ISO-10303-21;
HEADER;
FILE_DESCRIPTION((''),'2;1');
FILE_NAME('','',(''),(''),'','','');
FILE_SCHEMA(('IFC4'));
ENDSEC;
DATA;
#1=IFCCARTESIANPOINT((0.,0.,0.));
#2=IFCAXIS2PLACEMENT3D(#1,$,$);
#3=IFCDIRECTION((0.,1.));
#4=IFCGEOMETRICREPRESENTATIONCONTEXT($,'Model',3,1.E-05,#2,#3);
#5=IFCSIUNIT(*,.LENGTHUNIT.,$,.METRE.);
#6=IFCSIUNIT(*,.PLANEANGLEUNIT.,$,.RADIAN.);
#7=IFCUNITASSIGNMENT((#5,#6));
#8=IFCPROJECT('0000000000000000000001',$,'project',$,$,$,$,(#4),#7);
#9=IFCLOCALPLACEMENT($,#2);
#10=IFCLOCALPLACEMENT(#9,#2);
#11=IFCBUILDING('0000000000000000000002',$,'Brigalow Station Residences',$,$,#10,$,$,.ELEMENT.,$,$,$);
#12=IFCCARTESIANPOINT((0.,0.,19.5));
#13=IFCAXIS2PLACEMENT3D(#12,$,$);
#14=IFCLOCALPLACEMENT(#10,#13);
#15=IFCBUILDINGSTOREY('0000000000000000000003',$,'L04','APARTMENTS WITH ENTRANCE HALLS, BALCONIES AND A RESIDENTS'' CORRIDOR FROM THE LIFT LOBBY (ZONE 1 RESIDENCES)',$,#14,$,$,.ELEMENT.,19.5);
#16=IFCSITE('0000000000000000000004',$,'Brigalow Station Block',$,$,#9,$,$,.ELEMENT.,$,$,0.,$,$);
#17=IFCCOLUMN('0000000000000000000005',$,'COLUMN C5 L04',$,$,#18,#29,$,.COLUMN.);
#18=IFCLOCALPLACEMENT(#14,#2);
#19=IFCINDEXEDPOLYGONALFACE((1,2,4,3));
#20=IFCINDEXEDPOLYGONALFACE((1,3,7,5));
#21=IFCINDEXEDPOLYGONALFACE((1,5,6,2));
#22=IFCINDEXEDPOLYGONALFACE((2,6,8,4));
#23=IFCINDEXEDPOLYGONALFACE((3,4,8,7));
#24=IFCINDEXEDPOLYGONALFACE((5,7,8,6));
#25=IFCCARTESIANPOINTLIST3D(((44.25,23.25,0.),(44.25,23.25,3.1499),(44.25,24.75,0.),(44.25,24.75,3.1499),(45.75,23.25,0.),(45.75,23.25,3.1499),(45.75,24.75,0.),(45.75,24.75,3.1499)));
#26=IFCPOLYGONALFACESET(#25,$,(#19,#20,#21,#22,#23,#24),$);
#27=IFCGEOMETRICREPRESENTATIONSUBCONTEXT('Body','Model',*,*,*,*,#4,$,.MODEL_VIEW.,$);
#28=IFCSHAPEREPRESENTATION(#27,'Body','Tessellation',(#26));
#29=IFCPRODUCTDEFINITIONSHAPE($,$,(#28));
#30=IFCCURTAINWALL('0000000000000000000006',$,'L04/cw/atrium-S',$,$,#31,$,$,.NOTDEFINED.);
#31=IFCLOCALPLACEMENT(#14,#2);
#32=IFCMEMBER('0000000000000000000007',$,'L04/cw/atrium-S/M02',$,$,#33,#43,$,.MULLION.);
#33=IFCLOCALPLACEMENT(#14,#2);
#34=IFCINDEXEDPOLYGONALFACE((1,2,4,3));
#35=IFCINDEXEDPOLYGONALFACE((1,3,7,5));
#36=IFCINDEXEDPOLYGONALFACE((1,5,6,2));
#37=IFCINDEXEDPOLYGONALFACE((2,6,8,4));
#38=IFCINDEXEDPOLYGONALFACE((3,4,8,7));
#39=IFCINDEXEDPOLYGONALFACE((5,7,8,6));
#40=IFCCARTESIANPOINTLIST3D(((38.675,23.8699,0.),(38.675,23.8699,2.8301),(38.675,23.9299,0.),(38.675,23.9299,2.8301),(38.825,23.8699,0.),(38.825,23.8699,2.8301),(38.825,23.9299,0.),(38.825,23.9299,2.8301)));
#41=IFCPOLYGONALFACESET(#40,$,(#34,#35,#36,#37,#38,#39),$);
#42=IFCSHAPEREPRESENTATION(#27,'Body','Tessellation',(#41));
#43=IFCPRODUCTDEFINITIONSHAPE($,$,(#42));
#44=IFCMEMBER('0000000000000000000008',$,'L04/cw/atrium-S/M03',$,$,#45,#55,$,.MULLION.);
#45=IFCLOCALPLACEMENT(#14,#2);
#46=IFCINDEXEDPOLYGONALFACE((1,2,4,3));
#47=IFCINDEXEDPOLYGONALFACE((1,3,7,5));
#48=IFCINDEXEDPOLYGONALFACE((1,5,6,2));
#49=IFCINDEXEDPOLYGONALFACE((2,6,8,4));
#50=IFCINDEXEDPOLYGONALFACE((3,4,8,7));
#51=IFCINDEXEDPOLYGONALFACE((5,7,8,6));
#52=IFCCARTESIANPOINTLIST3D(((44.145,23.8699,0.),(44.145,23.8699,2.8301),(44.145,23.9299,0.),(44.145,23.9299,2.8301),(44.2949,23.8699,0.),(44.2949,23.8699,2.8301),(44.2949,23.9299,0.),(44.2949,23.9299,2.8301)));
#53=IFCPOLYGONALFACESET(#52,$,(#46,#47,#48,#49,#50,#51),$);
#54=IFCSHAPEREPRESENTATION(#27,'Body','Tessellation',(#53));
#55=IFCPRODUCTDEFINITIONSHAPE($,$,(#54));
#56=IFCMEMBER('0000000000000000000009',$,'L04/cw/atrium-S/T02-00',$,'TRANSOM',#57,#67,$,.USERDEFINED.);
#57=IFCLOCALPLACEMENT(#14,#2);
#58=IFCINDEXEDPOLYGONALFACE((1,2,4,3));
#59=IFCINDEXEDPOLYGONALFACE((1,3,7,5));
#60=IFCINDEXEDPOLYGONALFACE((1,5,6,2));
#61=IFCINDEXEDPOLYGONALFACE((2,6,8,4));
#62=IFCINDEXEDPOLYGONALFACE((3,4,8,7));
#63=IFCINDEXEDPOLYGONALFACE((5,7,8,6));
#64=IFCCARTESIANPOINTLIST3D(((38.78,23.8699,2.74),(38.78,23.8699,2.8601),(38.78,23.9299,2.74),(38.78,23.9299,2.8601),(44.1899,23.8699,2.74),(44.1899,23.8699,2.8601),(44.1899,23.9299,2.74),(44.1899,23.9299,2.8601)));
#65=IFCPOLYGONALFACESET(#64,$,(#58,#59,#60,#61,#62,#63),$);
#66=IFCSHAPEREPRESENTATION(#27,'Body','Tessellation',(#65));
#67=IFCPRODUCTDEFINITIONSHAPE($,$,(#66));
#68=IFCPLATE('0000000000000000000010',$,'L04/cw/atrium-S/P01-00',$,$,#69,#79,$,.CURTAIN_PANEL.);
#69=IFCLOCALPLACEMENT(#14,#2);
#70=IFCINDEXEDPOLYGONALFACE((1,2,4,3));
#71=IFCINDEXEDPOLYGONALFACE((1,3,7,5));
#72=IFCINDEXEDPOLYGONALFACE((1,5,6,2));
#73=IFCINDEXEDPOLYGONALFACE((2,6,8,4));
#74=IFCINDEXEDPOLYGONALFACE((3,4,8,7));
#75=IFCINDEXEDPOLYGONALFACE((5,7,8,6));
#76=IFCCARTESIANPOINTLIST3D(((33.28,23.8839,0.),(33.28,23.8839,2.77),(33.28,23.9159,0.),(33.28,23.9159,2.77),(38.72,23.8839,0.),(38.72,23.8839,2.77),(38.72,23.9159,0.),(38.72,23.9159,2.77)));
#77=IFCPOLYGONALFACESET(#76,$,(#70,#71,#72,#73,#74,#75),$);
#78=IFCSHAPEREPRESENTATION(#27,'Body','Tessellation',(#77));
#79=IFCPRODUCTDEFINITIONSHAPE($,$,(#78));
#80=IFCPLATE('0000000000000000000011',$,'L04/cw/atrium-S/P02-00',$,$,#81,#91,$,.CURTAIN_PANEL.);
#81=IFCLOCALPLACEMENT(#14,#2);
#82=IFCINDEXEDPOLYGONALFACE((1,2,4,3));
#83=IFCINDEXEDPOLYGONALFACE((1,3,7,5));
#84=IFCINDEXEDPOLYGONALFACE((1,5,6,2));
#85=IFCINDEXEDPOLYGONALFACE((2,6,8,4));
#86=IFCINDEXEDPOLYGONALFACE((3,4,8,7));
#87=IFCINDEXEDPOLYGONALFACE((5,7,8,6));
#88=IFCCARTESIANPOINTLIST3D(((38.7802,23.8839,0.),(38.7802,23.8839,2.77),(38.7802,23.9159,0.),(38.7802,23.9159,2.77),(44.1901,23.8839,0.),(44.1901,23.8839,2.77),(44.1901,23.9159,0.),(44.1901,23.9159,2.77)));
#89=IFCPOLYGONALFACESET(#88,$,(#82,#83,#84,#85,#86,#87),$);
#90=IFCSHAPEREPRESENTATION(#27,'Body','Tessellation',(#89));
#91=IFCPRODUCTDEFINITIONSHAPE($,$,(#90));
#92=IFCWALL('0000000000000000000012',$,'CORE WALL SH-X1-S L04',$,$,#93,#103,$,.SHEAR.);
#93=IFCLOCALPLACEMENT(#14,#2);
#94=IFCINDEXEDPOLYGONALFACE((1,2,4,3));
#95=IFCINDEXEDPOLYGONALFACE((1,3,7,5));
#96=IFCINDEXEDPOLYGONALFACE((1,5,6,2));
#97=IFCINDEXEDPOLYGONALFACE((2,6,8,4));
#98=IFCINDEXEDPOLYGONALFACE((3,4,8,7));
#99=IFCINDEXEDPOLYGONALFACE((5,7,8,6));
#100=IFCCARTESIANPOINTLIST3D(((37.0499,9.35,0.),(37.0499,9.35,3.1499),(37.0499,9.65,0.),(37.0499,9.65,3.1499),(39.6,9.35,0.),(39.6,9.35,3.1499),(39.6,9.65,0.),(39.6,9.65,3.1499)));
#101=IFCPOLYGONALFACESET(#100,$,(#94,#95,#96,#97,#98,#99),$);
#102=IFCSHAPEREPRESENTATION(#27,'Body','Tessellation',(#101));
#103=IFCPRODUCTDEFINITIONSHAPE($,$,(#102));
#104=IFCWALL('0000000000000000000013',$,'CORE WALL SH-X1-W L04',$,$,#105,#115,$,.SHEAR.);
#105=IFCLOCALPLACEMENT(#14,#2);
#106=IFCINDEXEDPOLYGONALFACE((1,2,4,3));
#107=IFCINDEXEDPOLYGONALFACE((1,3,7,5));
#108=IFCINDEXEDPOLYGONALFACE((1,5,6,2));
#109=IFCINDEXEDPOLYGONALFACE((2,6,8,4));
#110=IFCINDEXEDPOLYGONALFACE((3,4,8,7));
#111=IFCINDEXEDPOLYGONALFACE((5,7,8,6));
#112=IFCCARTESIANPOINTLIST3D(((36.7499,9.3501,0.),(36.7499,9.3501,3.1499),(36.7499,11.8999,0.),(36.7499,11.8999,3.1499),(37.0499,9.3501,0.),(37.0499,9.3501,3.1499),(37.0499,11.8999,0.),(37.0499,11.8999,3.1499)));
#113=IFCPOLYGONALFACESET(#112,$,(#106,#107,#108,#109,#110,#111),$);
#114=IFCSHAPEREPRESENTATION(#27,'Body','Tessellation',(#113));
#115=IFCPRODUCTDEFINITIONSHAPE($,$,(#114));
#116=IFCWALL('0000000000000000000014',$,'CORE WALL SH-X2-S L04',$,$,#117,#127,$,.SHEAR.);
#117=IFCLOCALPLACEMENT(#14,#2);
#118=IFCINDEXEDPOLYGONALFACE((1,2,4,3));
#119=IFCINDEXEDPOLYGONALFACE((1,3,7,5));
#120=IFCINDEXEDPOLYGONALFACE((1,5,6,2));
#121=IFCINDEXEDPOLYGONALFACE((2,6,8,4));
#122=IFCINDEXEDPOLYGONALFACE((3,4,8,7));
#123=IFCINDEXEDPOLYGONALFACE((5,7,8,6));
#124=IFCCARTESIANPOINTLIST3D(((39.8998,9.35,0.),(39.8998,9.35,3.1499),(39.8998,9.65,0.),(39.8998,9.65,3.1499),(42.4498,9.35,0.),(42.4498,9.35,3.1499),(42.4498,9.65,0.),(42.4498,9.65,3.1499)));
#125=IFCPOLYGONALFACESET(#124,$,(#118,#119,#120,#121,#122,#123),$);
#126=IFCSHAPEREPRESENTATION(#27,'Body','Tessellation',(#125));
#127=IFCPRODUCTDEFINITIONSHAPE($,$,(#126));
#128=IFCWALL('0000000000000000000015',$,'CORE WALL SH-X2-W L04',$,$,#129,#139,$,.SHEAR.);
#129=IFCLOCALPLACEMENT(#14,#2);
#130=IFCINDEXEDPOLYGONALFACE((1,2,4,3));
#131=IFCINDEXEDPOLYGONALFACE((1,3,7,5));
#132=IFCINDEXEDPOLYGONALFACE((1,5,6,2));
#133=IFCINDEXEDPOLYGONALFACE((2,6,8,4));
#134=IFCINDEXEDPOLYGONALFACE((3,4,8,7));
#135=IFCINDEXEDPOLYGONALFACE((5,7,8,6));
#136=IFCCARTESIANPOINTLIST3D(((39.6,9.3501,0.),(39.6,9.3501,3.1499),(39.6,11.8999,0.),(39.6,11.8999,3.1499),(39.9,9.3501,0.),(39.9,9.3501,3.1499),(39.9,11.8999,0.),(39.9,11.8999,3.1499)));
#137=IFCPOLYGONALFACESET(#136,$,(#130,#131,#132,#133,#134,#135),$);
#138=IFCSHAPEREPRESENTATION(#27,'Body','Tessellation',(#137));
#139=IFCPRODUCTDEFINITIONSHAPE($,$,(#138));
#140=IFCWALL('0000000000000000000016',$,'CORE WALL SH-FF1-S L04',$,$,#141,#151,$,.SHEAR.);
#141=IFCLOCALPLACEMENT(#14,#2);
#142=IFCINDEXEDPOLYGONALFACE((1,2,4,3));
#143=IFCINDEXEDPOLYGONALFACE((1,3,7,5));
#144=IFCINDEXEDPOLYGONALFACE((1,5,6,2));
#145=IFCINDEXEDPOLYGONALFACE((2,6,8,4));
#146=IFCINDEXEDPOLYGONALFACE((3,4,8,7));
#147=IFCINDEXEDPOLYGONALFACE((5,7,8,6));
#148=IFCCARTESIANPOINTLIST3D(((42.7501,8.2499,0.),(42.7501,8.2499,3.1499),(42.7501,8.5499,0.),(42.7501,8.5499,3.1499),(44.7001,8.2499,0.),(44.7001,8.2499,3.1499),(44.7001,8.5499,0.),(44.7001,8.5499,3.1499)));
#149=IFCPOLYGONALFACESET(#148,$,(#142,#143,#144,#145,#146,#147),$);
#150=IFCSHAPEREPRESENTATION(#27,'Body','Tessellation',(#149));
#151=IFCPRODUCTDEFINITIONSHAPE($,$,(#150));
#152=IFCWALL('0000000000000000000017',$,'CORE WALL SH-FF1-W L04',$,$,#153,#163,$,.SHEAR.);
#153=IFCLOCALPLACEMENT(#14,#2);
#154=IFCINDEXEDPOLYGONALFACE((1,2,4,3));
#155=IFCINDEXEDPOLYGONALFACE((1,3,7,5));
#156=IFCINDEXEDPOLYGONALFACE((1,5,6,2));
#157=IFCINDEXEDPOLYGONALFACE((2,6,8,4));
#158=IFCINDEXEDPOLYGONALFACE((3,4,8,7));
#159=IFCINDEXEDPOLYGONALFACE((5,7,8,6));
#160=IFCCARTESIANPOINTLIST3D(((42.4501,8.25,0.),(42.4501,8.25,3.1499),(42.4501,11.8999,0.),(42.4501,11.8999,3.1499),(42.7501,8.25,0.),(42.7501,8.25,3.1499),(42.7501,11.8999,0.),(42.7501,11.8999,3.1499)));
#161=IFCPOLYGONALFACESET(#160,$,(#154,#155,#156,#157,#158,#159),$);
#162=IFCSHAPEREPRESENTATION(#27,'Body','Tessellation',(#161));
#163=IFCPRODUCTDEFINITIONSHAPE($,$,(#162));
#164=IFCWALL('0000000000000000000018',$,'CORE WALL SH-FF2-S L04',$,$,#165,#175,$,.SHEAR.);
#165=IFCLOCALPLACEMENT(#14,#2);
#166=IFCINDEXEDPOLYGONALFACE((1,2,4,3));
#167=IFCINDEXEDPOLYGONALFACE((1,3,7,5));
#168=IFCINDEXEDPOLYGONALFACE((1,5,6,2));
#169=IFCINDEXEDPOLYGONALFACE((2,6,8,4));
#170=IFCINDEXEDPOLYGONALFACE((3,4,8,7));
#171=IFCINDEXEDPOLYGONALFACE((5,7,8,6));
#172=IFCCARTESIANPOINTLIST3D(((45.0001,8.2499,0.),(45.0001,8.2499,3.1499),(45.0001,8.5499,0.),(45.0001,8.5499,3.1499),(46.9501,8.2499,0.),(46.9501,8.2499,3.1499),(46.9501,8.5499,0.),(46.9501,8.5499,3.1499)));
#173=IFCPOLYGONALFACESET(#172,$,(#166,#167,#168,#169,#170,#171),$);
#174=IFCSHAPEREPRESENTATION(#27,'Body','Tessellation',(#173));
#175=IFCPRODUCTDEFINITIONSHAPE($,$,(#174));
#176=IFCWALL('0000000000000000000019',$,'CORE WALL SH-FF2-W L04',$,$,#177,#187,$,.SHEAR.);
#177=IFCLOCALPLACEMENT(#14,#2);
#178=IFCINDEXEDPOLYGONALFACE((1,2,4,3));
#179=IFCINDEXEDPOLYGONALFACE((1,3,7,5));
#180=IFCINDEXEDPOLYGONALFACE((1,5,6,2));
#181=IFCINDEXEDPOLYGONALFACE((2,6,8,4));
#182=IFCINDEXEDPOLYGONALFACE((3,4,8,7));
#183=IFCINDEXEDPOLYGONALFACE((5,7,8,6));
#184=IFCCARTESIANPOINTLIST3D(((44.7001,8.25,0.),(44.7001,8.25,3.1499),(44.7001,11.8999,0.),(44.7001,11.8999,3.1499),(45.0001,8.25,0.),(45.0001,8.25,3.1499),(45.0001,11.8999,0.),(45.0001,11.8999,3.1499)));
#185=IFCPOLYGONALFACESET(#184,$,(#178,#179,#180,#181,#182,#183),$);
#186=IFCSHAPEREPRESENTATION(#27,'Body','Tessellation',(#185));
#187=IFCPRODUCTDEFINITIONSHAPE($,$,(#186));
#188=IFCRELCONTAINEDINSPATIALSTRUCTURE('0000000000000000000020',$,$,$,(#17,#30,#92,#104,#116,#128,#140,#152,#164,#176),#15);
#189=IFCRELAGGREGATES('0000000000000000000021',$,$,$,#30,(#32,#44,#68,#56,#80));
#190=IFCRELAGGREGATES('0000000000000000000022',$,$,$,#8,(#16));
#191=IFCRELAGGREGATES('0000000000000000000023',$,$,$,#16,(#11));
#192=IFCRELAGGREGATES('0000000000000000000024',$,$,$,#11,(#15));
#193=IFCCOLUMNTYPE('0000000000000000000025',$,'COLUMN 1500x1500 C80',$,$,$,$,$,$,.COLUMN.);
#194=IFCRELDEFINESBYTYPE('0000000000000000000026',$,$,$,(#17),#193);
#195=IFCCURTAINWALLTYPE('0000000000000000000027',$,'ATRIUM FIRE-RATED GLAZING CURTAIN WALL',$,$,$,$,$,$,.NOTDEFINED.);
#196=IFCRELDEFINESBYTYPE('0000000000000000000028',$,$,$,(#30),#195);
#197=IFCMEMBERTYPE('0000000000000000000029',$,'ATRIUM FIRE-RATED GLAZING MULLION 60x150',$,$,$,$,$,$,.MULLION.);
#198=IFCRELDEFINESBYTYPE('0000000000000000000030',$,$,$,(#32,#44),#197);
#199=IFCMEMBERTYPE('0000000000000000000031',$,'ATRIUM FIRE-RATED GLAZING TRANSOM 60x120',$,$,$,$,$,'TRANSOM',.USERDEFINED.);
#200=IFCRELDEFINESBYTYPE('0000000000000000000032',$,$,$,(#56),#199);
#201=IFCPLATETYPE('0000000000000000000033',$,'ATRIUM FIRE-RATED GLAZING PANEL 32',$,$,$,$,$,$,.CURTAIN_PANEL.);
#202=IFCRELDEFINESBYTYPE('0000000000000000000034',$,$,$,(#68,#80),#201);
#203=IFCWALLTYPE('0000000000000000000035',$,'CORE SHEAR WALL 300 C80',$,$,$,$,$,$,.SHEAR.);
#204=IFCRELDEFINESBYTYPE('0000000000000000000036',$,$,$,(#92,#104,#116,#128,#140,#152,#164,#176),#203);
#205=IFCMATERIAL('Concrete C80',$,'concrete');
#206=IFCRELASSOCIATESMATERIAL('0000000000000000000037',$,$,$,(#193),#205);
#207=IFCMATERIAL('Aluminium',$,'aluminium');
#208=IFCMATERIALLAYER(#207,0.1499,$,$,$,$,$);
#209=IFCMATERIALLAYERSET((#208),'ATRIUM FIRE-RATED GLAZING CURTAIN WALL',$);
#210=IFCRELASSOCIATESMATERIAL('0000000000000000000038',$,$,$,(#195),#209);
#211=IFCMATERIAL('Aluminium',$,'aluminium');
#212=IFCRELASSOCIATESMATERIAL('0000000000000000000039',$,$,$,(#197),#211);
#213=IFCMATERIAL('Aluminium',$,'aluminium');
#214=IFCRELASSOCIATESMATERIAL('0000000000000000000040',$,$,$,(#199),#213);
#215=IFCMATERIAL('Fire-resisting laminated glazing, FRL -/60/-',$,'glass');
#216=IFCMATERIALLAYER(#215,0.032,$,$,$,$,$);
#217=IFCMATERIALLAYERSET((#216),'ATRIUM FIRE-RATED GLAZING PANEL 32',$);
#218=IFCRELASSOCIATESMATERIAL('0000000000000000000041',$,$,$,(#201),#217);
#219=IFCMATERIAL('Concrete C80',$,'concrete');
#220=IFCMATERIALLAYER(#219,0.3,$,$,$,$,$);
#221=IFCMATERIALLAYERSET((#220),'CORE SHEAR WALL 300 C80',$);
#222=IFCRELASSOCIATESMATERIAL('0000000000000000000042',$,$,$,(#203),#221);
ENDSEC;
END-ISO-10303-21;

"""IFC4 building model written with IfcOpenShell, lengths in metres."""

from ifc_helpers import new_model, si_unit, direction, frame, frame_2d, origin, origin_2d, place, context, subcontext, project, spatial, rectangle, extrude, material, layer, layer_set, material_profile, profile_set, type_object, element, aggregate, save


model = new_model("IFC4")

# Units and contexts
model_context = context("Model", 3, precision=1e-05, world=origin(), true_north=direction((0.0, 1.0)))
body_context = subcontext(model_context, "Body", "Model", "MODEL_VIEW")
ifc_project = project(units=[si_unit("LENGTHUNIT", "METRE"), si_unit("PLANEANGLEUNIT", "RADIAN")], contexts=[model_context])

# Site, building, storey
site_placement = place(None, origin())
site = spatial("IfcSite", under=ifc_project, at=site_placement, Name="Brigalow Station Block", CompositionType="ELEMENT", RefElevation=0.0)
building_placement = place(site_placement, origin())
building = spatial("IfcBuilding", under=site, at=building_placement, Name="Brigalow Station Residences", CompositionType="ELEMENT")
storey_placement = place(building_placement, frame((0.0, 0.0, 19.5)))
storey = spatial("IfcBuildingStorey", under=building, at=storey_placement, Name="L04", Description="APARTMENTS WITH ENTRANCE HALLS, BALCONIES AND A RESIDENTS' CORRIDOR FROM THE LIFT LOBBY (ZONE 1 RESIDENCES)", CompositionType="ELEMENT", Elevation=19.5)

# Column
ifc_material_1 = material(Name="Concrete C80", Category="concrete")
ifc_material_profile_1 = material_profile(ifc_material_1, rectangle(XDim=1.5, YDim=1.5, at=origin_2d()), Name="RC1500x1500")
ifc_profile_set_1 = profile_set([ifc_material_profile_1], Name="Concrete C80")
column_type = type_object("IfcColumnType", Name="COLUMN 1500x1500 C80", PredefinedType="COLUMN", material=ifc_profile_set_1)
column_placement = place(storey_placement, frame((45.0, 24.0, 0.0), z_axis=(0.0, 0.0, 1.0), x_axis=(1.0, 0.0, 0.0)))
element("IfcColumn", 1, at=column_placement, inside=storey, type_object=column_type, Name="COLUMN C5 L04", PredefinedType="COLUMN", context=body_context, shape_type="SweptSolid", body=[
    extrude(rectangle(XDim=1.5, YDim=1.5, at=origin_2d()), origin(), (0.0, 0.0, 1.0), 3.1499),
])

# Curtain wall, members, plates
ifc_material_2 = material(Name="Aluminium", Category="aluminium")
ifc_layer_1 = layer(ifc_material_2, 0.1499)
ifc_layer_set_1 = layer_set([ifc_layer_1], Name="ATRIUM FIRE-RATED GLAZING CURTAIN WALL")
curtain_wall_type = type_object("IfcCurtainWallType", Name="ATRIUM FIRE-RATED GLAZING CURTAIN WALL", PredefinedType="NOTDEFINED", material=ifc_layer_set_1)
curtain_wall_placement = place(storey_placement, origin())
curtain_wall = element("IfcCurtainWall", 2, at=curtain_wall_placement, inside=storey, type_object=curtain_wall_type, Name="L04/cw/atrium-S", PredefinedType="NOTDEFINED")
ifc_material_3 = material(Name="Aluminium", Category="aluminium")
ifc_material_profile_2 = material_profile(ifc_material_3, rectangle(XDim=0.0601, YDim=0.1499, at=origin_2d()), Name="ATRIUM FIRE-RATED GLAZING MULLION 60x150")
ifc_profile_set_2 = profile_set([ifc_material_profile_2], Name="Aluminium")
member_type_1 = type_object("IfcMemberType", Name="ATRIUM FIRE-RATED GLAZING MULLION 60x150", PredefinedType="MULLION", material=ifc_profile_set_2)
member_1_placement = place(storey_placement, frame((38.75, 23.8999, 0.0), z_axis=(0.0, 0.0, 1.0), x_axis=(0.0, 1.0, 0.0)))
member_1 = element("IfcMember", 3, at=member_1_placement, type_object=member_type_1, Name="L04/cw/atrium-S/M02", PredefinedType="MULLION", context=body_context, shape_type="SweptSolid", body=[
    extrude(rectangle(XDim=0.0601, YDim=0.1499, at=origin_2d()), origin(), (0.0, 0.0, 1.0), 2.8301),
])
member_2_placement = place(storey_placement, frame((44.22, 23.8999, 0.0), z_axis=(0.0, 0.0, 1.0), x_axis=(0.0, 1.0, 0.0)))
member_2 = element("IfcMember", 4, at=member_2_placement, type_object=member_type_1, Name="L04/cw/atrium-S/M03", PredefinedType="MULLION", context=body_context, shape_type="SweptSolid", body=[
    extrude(rectangle(XDim=0.0601, YDim=0.1499, at=origin_2d()), origin(), (0.0, 0.0, 1.0), 2.8301),
])
ifc_material_4 = material(Name="Aluminium", Category="aluminium")
ifc_material_profile_3 = material_profile(ifc_material_4, rectangle(XDim=0.0601, YDim=0.1201, at=origin_2d()), Name="ATRIUM FIRE-RATED GLAZING TRANSOM 60x120")
ifc_profile_set_3 = profile_set([ifc_material_profile_3], Name="Aluminium")
member_type_2 = type_object("IfcMemberType", Name="ATRIUM FIRE-RATED GLAZING TRANSOM 60x120", ElementType="TRANSOM", PredefinedType="USERDEFINED", material=ifc_profile_set_3)
member_3_placement = place(storey_placement, frame((38.78, 23.8999, 2.8), z_axis=(1.0, 0.0, 0.0), x_axis=(0.0, 1.0, 0.0)))
member_3 = element("IfcMember", 5, at=member_3_placement, type_object=member_type_2, Name="L04/cw/atrium-S/T02-00", ObjectType="TRANSOM", PredefinedType="USERDEFINED", context=body_context, shape_type="SweptSolid", body=[
    extrude(rectangle(XDim=0.0601, YDim=0.1201, at=origin_2d()), origin(), (0.0, 0.0, 1.0), 5.4099),
])
ifc_material_5 = material(Name="Fire-resisting laminated glazing, FRL -/60/-", Category="glass")
ifc_layer_2 = layer(ifc_material_5, 0.032)
ifc_layer_set_2 = layer_set([ifc_layer_2], Name="ATRIUM FIRE-RATED GLAZING PANEL 32")
plate_type = type_object("IfcPlateType", Name="ATRIUM FIRE-RATED GLAZING PANEL 32", PredefinedType="CURTAIN_PANEL", material=ifc_layer_set_2)
plate_1_placement = place(storey_placement, frame((36.0, 23.8999, 0.0), z_axis=(0.0, 0.0, 1.0), x_axis=(1.0, 0.0, 0.0)))
plate_1 = element("IfcPlate", 6, at=plate_1_placement, type_object=plate_type, Name="L04/cw/atrium-S/P01-00", PredefinedType="CURTAIN_PANEL", context=body_context, shape_type="SweptSolid", body=[
    extrude(rectangle(XDim=5.4399, YDim=0.032, at=origin_2d()), origin(), (0.0, 0.0, 1.0), 2.77),
])
plate_2_placement = place(storey_placement, frame((41.4851, 23.8999, 0.0), z_axis=(0.0, 0.0, 1.0), x_axis=(1.0, 0.0, 0.0)))
plate_2 = element("IfcPlate", 7, at=plate_2_placement, type_object=plate_type, Name="L04/cw/atrium-S/P02-00", PredefinedType="CURTAIN_PANEL", context=body_context, shape_type="SweptSolid", body=[
    extrude(rectangle(XDim=5.4099, YDim=0.032, at=origin_2d()), origin(), (0.0, 0.0, 1.0), 2.77),
])
aggregate(curtain_wall, [member_1, member_2, plate_1, member_3, plate_2])

# Walls
ifc_material_6 = material(Name="Concrete C80", Category="concrete")
ifc_layer_3 = layer(ifc_material_6, 0.3)
ifc_layer_set_3 = layer_set([ifc_layer_3], Name="CORE SHEAR WALL 300 C80")
wall_type_1 = type_object("IfcWallType", Name="CORE SHEAR WALL 300 C80", PredefinedType="SHEAR", material=ifc_layer_set_3)
wall_1_placement = place(storey_placement, frame((37.05, 9.5, 0.0), z_axis=(0.0, 0.0, 1.0), x_axis=(1.0, 0.0, 0.0)))
element("IfcWall", 8, at=wall_1_placement, inside=storey, type_object=wall_type_1, Name="CORE WALL SH-X1-S L04", PredefinedType="SHEAR", context=body_context, shape_type="SweptSolid", body=[
    extrude(rectangle(XDim=2.55, YDim=0.3, at=frame_2d((1.2749, 0.0))), origin(), (0.0, 0.0, 1.0), 3.1499),
])
wall_2_placement = place(storey_placement, frame((36.8999, 9.3501, 0.0), z_axis=(0.0, 0.0, 1.0), x_axis=(0.0, 1.0, 0.0)))
element("IfcWall", 9, at=wall_2_placement, inside=storey, type_object=wall_type_1, Name="CORE WALL SH-X1-W L04", PredefinedType="SHEAR", context=body_context, shape_type="SweptSolid", body=[
    extrude(rectangle(XDim=2.5498, YDim=0.3, at=frame_2d((1.2749, 0.0))), origin(), (0.0, 0.0, 1.0), 3.1499),
])
wall_3_placement = place(storey_placement, frame((39.8999, 9.5, 0.0), z_axis=(0.0, 0.0, 1.0), x_axis=(1.0, 0.0, 0.0)))
element("IfcWall", 10, at=wall_3_placement, inside=storey, type_object=wall_type_1, Name="CORE WALL SH-X2-S L04", PredefinedType="SHEAR", context=body_context, shape_type="SweptSolid", body=[
    extrude(rectangle(XDim=2.55, YDim=0.3, at=frame_2d((1.2749, 0.0))), origin(), (0.0, 0.0, 1.0), 3.1499),
])
wall_4_placement = place(storey_placement, frame((39.75, 9.3501, 0.0), z_axis=(0.0, 0.0, 1.0), x_axis=(0.0, 1.0, 0.0)))
element("IfcWall", 11, at=wall_4_placement, inside=storey, type_object=wall_type_1, Name="CORE WALL SH-X2-W L04", PredefinedType="SHEAR", context=body_context, shape_type="SweptSolid", body=[
    extrude(rectangle(XDim=2.5498, YDim=0.3, at=frame_2d((1.2749, 0.0))), origin(), (0.0, 0.0, 1.0), 3.1499),
])
wall_5_placement = place(storey_placement, frame((42.75, 8.3999, 0.0), z_axis=(0.0, 0.0, 1.0), x_axis=(1.0, 0.0, 0.0)))
element("IfcWall", 12, at=wall_5_placement, inside=storey, type_object=wall_type_1, Name="CORE WALL SH-FF1-S L04", PredefinedType="SHEAR", context=body_context, shape_type="SweptSolid", body=[
    extrude(rectangle(XDim=1.95, YDim=0.3, at=frame_2d((0.9751, 0.0))), origin(), (0.0, 0.0, 1.0), 3.1499),
])
wall_6_placement = place(storey_placement, frame((42.6001, 8.25, 0.0), z_axis=(0.0, 0.0, 1.0), x_axis=(0.0, 1.0, 0.0)))
element("IfcWall", 13, at=wall_6_placement, inside=storey, type_object=wall_type_1, Name="CORE WALL SH-FF1-W L04", PredefinedType="SHEAR", context=body_context, shape_type="SweptSolid", body=[
    extrude(rectangle(XDim=3.6499, YDim=0.3, at=frame_2d((1.825, 0.0))), origin(), (0.0, 0.0, 1.0), 3.1499),
])
wall_7_placement = place(storey_placement, frame((45.0, 8.3999, 0.0), z_axis=(0.0, 0.0, 1.0), x_axis=(1.0, 0.0, 0.0)))
element("IfcWall", 14, at=wall_7_placement, inside=storey, type_object=wall_type_1, Name="CORE WALL SH-FF2-S L04", PredefinedType="SHEAR", context=body_context, shape_type="SweptSolid", body=[
    extrude(rectangle(XDim=1.95, YDim=0.3, at=frame_2d((0.9751, 0.0))), origin(), (0.0, 0.0, 1.0), 3.1499),
])
wall_8_placement = place(storey_placement, frame((44.8501, 8.25, 0.0), z_axis=(0.0, 0.0, 1.0), x_axis=(0.0, 1.0, 0.0)))
element("IfcWall", 15, at=wall_8_placement, inside=storey, type_object=wall_type_1, Name="CORE WALL SH-FF2-W L04", PredefinedType="SHEAR", context=body_context, shape_type="SweptSolid", body=[
    extrude(rectangle(XDim=3.6499, YDim=0.3, at=frame_2d((1.825, 0.0))), origin(), (0.0, 0.0, 1.0), 3.1499),
])

save(model, "model.ifc")
